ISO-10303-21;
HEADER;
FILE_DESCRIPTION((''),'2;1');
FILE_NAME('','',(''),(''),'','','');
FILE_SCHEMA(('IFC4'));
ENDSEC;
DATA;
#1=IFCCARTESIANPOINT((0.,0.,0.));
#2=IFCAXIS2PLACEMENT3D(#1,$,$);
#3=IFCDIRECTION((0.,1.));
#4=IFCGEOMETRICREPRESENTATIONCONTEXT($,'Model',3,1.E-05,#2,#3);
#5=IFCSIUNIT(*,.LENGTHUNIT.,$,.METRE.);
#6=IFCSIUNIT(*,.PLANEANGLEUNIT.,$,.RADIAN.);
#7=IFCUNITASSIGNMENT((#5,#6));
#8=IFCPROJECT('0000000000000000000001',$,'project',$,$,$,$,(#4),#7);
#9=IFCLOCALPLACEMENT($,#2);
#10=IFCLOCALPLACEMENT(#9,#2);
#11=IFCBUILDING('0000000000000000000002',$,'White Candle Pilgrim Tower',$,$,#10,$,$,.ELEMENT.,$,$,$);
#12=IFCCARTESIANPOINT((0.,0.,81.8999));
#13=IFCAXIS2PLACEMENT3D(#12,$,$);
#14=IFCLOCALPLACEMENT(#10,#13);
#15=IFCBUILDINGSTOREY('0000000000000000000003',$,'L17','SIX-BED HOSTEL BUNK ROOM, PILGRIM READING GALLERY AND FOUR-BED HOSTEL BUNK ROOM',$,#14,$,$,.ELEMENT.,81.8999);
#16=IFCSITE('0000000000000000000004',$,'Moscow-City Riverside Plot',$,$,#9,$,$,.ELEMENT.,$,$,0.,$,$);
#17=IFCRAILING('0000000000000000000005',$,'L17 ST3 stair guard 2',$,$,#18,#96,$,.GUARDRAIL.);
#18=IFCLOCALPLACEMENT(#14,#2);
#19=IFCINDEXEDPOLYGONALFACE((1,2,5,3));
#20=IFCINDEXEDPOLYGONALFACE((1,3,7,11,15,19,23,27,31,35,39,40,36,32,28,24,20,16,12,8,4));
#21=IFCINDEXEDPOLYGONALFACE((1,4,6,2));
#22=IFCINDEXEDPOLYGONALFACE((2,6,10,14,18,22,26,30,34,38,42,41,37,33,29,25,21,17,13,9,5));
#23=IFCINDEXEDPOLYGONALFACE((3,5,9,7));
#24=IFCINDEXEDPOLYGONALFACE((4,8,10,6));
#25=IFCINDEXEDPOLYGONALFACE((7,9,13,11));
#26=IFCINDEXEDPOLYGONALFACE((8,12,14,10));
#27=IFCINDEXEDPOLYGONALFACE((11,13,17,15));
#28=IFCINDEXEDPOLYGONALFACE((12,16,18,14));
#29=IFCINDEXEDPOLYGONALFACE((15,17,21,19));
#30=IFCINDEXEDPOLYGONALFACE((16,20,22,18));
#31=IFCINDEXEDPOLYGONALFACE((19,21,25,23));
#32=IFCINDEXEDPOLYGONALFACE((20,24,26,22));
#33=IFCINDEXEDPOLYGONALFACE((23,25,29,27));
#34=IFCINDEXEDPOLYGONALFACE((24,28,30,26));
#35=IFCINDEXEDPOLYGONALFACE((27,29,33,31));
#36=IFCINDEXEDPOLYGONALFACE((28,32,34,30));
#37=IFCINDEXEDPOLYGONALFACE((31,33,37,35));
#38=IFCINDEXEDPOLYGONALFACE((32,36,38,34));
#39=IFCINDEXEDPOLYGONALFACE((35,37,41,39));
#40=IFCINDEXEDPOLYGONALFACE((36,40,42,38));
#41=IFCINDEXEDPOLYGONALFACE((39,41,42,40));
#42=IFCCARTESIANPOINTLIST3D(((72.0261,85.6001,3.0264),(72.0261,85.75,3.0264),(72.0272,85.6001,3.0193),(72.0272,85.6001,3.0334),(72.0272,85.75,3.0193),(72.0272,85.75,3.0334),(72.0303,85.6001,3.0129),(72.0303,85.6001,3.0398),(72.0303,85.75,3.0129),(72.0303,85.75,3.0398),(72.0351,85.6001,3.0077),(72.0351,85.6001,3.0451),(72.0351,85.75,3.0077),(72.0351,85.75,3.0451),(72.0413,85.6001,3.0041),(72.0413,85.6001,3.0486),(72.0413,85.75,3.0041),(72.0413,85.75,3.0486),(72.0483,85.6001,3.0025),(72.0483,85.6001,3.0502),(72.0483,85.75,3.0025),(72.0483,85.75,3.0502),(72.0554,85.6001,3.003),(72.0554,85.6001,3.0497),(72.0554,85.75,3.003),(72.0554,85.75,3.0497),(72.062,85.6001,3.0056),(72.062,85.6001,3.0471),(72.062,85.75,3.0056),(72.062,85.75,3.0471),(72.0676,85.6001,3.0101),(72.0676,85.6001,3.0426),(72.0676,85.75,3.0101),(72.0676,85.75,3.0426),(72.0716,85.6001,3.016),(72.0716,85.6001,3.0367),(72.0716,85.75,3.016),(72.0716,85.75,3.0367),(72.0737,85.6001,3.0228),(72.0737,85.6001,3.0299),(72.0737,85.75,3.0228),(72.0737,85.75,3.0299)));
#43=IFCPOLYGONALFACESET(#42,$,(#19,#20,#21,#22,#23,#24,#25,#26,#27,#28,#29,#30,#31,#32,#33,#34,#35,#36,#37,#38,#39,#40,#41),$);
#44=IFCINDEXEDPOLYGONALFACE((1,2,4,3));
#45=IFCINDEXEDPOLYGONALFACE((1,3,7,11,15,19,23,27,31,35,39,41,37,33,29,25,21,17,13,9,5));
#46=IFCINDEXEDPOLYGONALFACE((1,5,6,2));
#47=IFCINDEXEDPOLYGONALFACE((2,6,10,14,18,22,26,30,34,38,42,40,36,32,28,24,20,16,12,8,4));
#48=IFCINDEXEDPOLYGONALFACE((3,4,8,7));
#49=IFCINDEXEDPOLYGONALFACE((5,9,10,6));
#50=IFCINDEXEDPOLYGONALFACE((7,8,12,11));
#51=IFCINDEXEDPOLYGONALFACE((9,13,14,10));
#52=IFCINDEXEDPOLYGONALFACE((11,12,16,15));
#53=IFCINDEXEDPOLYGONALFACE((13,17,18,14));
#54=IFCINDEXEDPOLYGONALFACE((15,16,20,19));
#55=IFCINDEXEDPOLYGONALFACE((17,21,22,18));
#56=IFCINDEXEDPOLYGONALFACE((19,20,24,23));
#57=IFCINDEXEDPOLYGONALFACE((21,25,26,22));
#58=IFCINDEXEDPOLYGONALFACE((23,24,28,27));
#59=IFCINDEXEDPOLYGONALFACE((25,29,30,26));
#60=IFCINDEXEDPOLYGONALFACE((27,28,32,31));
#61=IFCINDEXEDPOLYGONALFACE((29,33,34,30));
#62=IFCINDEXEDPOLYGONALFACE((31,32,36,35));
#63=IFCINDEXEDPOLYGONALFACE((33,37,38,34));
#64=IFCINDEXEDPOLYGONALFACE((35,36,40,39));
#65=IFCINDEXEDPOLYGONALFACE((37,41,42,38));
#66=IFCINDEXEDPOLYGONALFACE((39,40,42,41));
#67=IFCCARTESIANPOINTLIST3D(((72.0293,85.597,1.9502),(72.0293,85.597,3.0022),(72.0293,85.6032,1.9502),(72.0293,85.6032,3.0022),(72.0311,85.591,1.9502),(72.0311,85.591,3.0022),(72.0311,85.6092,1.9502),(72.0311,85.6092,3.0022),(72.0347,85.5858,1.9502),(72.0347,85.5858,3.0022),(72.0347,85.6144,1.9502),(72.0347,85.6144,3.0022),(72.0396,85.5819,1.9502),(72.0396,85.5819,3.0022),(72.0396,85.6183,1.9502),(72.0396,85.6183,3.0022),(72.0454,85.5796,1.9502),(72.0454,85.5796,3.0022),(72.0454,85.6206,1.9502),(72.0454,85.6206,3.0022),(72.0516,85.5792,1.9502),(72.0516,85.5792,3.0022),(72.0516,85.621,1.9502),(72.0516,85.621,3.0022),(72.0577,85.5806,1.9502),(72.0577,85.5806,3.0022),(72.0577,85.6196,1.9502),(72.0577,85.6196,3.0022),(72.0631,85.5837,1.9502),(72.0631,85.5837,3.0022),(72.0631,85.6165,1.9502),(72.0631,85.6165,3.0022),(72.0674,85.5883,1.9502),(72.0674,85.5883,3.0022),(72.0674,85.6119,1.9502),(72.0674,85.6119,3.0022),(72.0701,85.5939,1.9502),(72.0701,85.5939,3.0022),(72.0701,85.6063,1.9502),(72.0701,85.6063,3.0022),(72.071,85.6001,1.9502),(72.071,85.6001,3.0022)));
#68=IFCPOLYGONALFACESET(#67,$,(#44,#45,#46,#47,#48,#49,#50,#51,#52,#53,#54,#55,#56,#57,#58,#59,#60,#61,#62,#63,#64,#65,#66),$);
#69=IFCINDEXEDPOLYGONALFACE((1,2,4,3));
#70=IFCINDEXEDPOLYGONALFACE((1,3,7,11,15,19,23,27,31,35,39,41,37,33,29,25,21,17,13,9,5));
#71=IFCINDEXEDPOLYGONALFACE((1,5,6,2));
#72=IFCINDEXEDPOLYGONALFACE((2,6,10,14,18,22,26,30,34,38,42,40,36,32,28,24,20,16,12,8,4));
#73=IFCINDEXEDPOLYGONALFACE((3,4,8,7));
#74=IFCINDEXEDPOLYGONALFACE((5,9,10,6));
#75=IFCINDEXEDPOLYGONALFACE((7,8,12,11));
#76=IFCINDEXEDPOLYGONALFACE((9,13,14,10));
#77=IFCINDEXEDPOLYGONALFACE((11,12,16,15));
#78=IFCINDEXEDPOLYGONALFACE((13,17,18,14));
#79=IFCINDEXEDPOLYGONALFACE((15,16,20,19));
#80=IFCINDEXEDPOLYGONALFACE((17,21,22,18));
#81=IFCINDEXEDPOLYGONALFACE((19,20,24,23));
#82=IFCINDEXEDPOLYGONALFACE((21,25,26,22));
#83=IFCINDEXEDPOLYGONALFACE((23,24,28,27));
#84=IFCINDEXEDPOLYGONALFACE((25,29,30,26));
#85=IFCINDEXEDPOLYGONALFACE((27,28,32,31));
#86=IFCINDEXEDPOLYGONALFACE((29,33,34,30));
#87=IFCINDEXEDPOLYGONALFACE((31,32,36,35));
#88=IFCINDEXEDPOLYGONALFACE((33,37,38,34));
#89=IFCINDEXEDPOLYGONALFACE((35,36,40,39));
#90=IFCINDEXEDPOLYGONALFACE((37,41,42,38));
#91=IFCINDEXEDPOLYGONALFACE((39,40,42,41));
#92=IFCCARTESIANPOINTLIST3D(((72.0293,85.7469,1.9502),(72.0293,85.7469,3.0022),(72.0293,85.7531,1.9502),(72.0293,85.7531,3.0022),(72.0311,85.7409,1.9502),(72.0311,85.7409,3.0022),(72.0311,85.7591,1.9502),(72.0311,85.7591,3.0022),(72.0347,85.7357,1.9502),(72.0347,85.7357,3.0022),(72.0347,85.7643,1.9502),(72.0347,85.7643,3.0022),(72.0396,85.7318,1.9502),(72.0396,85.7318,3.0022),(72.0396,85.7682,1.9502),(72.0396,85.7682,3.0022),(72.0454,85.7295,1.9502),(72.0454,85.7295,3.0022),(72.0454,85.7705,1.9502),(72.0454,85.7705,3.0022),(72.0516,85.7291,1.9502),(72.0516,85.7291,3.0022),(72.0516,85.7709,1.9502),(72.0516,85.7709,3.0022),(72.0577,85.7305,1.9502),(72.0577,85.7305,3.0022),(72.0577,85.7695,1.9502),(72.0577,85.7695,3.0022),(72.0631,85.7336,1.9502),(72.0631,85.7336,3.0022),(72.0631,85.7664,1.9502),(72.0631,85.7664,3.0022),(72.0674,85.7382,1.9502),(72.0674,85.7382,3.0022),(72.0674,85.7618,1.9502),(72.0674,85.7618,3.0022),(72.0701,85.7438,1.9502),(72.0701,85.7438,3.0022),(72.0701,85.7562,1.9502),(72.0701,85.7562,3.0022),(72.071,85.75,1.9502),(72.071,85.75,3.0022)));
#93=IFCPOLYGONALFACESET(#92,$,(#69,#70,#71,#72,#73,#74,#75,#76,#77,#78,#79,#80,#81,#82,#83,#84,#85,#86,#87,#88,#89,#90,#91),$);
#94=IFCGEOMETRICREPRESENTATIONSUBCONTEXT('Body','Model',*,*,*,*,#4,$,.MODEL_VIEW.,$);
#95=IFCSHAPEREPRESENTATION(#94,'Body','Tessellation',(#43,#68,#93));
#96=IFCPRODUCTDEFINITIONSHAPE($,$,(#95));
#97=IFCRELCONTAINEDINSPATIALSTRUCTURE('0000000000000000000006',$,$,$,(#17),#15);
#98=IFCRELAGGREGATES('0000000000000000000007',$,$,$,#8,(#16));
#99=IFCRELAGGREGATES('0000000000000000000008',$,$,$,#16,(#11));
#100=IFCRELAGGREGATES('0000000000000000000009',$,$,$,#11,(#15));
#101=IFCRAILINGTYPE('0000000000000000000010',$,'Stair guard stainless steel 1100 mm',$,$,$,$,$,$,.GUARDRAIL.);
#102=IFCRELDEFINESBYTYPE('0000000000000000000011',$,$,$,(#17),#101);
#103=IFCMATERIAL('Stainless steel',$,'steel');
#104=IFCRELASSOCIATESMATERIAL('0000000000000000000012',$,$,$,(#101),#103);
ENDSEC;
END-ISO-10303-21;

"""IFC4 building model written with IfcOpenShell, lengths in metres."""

from ifc_helpers import new_model, si_unit, direction, frame, origin, origin_2d, place, context, subcontext, project, spatial, circle, extrude, material, type_object, element, save


model = new_model("IFC4")

# Units and contexts
model_context = context("Model", 3, precision=1e-05, world=origin(), true_north=direction((0.0, 1.0)))
body_context = subcontext(model_context, "Body", "Model", "MODEL_VIEW")
ifc_project = project(units=[si_unit("LENGTHUNIT", "METRE"), si_unit("PLANEANGLEUNIT", "RADIAN")], contexts=[model_context])

# Site, building, storey
site_placement = place(None, origin())
site = spatial("IfcSite", under=ifc_project, at=site_placement, Name="Moscow-City Riverside Plot", CompositionType="ELEMENT", RefElevation=0.0)
building_placement = place(site_placement, origin())
building = spatial("IfcBuilding", under=site, at=building_placement, Name="White Candle Pilgrim Tower", CompositionType="ELEMENT")
storey_placement = place(building_placement, frame((0.0, 0.0, 81.8999)))
storey = spatial("IfcBuildingStorey", under=building, at=storey_placement, Name="L17", Description="SIX-BED HOSTEL BUNK ROOM, PILGRIM READING GALLERY AND FOUR-BED HOSTEL BUNK ROOM", CompositionType="ELEMENT", Elevation=81.8999)

# Railing
ifc_material_1 = material(Name="Stainless steel", Category="steel")
railing_type_1 = type_object("IfcRailingType", Name="Stair guard stainless steel 1100 mm", PredefinedType="GUARDRAIL", material=ifc_material_1)
railing_1_placement = place(storey_placement, frame((72.05, 85.6001, 1.9502)))
element("IfcRailing", 1, at=railing_1_placement, inside=storey, type_object=railing_type_1, Name="L17 ST3 stair guard 2", PredefinedType="GUARDRAIL", context=body_context, shape_type="SweptSolid", body=[
    extrude(circle(Radius=0.0239, at=origin_2d()), frame((0.0, 0.0, 1.0762), z_axis=(0.0, 1.0, 0.0), x_axis=(-1.0, 0.0, 0.0)), (0.0, 0.0, 1.0), 0.1499),
    extrude(circle(Radius=0.021, at=origin_2d()), origin(), (0.0, 0.0, 1.0), 1.052),
    extrude(circle(Radius=0.021, at=origin_2d()), frame((0.0, 0.1499, 0.0)), (0.0, 0.0, 1.0), 1.052),
])

save(model, "model.ifc")
